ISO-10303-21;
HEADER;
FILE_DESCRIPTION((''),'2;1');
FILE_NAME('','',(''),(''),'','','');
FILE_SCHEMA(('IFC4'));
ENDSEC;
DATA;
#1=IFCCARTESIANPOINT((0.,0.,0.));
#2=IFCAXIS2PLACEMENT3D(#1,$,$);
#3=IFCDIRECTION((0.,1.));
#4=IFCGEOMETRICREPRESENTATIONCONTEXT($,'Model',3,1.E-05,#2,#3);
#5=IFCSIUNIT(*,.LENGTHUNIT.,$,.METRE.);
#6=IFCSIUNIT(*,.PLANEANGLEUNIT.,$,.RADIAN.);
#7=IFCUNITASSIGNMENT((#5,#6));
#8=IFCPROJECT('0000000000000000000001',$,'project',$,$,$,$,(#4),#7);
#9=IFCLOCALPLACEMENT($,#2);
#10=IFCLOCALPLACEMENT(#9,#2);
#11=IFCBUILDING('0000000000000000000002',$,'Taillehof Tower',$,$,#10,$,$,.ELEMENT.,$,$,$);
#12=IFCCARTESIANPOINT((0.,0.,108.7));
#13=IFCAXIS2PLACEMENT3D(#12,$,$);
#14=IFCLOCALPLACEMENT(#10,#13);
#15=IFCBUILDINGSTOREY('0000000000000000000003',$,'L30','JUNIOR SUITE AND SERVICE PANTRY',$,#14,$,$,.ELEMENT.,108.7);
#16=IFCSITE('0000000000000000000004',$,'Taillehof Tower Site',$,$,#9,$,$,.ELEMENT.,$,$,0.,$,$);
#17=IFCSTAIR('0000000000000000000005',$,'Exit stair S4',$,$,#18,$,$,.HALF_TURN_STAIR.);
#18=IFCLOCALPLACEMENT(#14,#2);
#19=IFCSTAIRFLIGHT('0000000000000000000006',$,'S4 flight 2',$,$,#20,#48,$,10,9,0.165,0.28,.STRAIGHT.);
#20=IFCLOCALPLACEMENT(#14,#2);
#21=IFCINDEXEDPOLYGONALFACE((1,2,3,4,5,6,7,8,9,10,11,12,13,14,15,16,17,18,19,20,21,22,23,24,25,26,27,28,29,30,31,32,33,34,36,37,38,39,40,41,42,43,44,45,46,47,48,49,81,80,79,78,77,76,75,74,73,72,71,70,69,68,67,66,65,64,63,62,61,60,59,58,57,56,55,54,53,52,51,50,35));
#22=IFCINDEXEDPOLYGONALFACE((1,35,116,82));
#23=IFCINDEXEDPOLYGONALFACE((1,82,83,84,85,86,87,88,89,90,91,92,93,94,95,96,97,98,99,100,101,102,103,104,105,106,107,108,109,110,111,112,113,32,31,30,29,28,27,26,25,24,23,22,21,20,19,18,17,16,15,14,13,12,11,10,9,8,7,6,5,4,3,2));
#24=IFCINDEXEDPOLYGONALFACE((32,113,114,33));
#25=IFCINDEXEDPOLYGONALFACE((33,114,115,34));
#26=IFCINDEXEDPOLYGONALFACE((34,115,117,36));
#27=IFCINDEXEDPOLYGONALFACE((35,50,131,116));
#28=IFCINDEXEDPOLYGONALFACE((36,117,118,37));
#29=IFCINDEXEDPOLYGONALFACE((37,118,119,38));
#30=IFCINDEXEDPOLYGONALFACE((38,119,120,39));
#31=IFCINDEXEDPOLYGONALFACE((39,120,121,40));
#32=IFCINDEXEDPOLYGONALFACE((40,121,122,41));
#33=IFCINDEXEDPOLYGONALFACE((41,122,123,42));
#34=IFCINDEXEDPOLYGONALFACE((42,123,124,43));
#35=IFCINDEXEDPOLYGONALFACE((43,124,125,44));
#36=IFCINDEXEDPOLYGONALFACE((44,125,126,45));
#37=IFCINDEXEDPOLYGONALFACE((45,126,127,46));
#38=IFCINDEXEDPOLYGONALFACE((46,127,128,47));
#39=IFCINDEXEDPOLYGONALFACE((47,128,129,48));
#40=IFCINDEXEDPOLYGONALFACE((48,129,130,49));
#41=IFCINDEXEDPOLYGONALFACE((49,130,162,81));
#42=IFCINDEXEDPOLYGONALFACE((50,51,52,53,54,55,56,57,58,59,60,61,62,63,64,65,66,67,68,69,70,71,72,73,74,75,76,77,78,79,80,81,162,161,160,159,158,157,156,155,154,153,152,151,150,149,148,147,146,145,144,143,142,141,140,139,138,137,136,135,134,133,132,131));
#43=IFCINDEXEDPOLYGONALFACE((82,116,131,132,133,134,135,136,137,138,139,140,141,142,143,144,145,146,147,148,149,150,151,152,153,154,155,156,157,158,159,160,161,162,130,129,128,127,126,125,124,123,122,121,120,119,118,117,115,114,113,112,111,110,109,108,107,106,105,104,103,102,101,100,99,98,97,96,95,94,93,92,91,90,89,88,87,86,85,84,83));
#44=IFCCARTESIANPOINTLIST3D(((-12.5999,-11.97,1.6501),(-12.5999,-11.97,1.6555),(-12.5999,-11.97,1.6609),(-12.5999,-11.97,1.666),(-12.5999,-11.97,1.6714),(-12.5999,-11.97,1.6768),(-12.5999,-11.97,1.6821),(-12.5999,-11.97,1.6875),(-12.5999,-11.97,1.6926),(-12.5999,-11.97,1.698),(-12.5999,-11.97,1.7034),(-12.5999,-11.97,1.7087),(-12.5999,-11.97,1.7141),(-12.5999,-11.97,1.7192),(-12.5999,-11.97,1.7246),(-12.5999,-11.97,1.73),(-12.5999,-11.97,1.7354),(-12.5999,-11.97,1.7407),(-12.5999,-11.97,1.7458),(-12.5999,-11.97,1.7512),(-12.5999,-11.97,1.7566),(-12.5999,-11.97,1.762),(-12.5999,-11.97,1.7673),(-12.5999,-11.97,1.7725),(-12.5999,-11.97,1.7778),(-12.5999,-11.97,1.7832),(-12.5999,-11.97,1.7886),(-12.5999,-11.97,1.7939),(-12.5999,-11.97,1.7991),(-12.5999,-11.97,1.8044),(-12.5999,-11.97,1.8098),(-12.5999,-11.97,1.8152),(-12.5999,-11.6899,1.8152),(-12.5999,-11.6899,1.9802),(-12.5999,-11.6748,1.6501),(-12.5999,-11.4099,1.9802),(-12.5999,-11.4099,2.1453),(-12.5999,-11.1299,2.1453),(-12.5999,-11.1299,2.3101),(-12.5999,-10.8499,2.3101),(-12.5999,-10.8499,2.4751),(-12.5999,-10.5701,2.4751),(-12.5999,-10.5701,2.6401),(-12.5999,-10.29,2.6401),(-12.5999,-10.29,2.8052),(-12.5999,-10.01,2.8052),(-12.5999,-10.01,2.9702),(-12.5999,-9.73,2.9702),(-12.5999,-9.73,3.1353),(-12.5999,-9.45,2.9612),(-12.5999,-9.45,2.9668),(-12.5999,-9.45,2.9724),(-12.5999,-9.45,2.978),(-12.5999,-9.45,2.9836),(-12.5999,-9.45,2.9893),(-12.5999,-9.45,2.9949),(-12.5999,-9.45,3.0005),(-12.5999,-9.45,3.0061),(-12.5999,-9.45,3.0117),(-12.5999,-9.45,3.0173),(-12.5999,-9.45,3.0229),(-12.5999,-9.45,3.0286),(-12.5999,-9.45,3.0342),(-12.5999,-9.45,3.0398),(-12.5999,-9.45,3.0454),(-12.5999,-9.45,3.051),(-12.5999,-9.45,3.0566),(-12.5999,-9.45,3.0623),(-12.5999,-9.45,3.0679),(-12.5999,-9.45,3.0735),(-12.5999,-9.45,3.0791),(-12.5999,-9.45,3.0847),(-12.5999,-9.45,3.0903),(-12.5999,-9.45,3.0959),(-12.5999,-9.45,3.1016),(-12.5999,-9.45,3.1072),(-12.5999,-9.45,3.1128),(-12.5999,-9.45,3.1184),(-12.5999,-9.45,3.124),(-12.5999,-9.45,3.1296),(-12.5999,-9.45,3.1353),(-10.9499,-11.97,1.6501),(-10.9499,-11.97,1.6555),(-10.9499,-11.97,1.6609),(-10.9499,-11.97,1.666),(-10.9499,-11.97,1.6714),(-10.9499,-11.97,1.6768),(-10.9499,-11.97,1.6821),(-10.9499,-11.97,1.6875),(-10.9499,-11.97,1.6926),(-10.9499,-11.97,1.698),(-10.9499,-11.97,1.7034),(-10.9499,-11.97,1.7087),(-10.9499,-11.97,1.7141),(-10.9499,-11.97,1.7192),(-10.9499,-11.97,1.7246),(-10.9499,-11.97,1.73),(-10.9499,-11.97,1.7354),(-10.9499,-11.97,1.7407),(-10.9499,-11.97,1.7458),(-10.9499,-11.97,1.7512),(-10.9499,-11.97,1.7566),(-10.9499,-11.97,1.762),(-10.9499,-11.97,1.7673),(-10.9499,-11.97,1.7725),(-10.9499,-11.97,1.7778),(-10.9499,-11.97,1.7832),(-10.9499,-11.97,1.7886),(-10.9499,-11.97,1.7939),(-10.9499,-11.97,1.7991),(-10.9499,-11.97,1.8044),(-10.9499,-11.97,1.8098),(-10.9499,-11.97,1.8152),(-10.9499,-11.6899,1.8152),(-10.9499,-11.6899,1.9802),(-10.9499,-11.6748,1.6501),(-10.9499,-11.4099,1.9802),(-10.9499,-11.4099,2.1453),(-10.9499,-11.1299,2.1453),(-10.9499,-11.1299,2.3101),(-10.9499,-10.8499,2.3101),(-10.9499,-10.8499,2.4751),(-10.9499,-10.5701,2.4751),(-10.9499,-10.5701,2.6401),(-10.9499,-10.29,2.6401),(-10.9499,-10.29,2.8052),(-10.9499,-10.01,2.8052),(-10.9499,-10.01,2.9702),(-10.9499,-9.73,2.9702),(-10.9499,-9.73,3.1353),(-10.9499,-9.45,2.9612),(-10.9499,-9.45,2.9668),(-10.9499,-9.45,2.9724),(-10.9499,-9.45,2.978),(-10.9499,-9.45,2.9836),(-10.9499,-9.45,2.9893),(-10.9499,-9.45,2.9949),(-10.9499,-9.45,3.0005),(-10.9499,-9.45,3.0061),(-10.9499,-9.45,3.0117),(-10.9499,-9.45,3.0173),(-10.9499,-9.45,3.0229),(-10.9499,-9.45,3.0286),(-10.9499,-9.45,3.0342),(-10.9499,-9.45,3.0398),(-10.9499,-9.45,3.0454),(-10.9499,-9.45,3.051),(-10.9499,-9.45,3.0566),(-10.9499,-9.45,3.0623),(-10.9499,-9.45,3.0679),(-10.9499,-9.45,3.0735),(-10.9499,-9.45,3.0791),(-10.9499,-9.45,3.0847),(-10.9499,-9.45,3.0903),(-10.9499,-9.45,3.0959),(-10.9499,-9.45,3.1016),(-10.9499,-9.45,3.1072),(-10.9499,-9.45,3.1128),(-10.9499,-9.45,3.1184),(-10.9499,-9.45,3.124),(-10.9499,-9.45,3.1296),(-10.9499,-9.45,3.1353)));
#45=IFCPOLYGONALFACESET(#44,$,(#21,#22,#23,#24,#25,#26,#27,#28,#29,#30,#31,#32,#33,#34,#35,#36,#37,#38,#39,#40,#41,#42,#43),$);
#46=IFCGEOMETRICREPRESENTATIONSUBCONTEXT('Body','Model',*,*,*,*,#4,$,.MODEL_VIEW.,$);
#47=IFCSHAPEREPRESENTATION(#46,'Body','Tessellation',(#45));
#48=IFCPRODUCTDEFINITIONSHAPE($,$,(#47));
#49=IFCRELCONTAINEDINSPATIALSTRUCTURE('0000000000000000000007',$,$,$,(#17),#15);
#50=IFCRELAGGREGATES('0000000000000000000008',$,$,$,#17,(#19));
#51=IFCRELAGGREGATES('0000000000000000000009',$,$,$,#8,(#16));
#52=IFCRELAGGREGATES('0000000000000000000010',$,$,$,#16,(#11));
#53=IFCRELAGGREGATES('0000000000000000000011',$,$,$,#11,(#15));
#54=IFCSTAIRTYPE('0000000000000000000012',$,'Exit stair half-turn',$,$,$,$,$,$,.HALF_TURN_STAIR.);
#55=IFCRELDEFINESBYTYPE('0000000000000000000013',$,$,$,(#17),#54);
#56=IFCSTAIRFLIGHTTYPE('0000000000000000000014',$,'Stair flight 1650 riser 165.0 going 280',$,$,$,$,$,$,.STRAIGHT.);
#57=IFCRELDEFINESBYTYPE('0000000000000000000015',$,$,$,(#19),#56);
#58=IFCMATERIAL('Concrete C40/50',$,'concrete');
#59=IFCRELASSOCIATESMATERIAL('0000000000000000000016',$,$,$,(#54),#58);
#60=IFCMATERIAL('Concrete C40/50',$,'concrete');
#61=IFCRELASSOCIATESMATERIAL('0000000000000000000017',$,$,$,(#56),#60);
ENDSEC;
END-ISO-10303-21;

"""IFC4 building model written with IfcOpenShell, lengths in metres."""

from ifc_helpers import new_model, si_unit, direction, frame, origin, place, context, subcontext, project, spatial, polyline, outline, extrude, material, type_object, element, aggregate, save


model = new_model("IFC4")

# Units and contexts
model_context = context("Model", 3, precision=1e-05, world=origin(), true_north=direction((0.0, 1.0)))
body_context = subcontext(model_context, "Body", "Model", "MODEL_VIEW")
ifc_project = project(units=[si_unit("LENGTHUNIT", "METRE"), si_unit("PLANEANGLEUNIT", "RADIAN")], contexts=[model_context])

# Site, building, storey
site_placement = place(None, origin())
site = spatial("IfcSite", under=ifc_project, at=site_placement, Name="Taillehof Tower Site", CompositionType="ELEMENT", RefElevation=0.0)
building_placement = place(site_placement, origin())
building = spatial("IfcBuilding", under=site, at=building_placement, Name="Taillehof Tower", CompositionType="ELEMENT")
storey_placement = place(building_placement, frame((0.0, 0.0, 108.7)))
storey = spatial("IfcBuildingStorey", under=building, at=storey_placement, Name="L30", Description="JUNIOR SUITE AND SERVICE PANTRY", CompositionType="ELEMENT", Elevation=108.7)

# Stair, stair flight
ifc_material_1 = material(Name="Concrete C40/50", Category="concrete")
stair_type = type_object("IfcStairType", Name="Exit stair half-turn", PredefinedType="HALF_TURN_STAIR", material=ifc_material_1)
stair_placement = place(storey_placement, origin())
stair = element("IfcStair", 1, at=stair_placement, inside=storey, type_object=stair_type, Name="Exit stair S4", PredefinedType="HALF_TURN_STAIR")
ifc_material_2 = material(Name="Concrete C40/50", Category="concrete")
stair_flight_type = type_object("IfcStairFlightType", Name="Stair flight 1650 riser 165.0 going 280", PredefinedType="STRAIGHT", material=ifc_material_2)
stair_flight_placement = place(storey_placement, frame((-11.7749, -11.97, 1.6501), z_axis=(0.0, 0.0, 1.0), x_axis=(0.0, 1.0, 0.0)))
stair_flight = element("IfcStairFlight", 2, at=stair_flight_placement, type_object=stair_flight_type, Name="S4 flight 2", NumberOfRisers=10, NumberOfTreads=9, PredefinedType="STRAIGHT", RiserHeight=0.165, TreadLength=0.28, context=body_context, shape_type="SweptSolid", body=[
    extrude(outline(polyline([(0.0, 0.0), (0.0, 0.0054), (0.0, 0.0107), (0.0, 0.0159), (0.0, 0.0212), (0.0, 0.0266), (0.0, 0.032), (0.0, 0.0374), (0.0, 0.0425), (0.0, 0.0479), (0.0, 0.0532), (0.0, 0.0586), (0.0, 0.064), (0.0, 0.0691), (0.0, 0.0745), (0.0, 0.0798), (0.0, 0.0852), (0.0, 0.0906), (0.0, 0.0957), (0.0, 0.1011), (0.0, 0.1064), (0.0, 0.1118), (0.0, 0.1172), (0.0, 0.1223), (0.0, 0.1277), (0.0, 0.1331), (0.0, 0.1384), (0.0, 0.1438), (0.0, 0.1489), (0.0, 0.1543), (0.0, 0.1597), (0.0, 0.165), (0.28, 0.165), (0.28, 0.3301), (0.5601, 0.3301), (0.5601, 0.4951), (0.8401, 0.4951), (0.8401, 0.6599), (1.1201, 0.6599), (1.1201, 0.825), (1.3999, 0.825), (1.3999, 0.99), (1.6799, 0.99), (1.6799, 1.155), (1.96, 1.155), (1.96, 1.3201), (2.24, 1.3201), (2.24, 1.4851), (2.52, 1.4851), (2.52, 1.4795), (2.52, 1.4739), (2.52, 1.4683), (2.52, 1.4626), (2.52, 1.457), (2.52, 1.4514), (2.52, 1.4458), (2.52, 1.4402), (2.52, 1.4346), (2.52, 1.429), (2.52, 1.4233), (2.52, 1.4177), (2.52, 1.4121), (2.52, 1.4065), (2.52, 1.4009), (2.52, 1.3953), (2.52, 1.3896), (2.52, 1.384), (2.52, 1.3784), (2.52, 1.3728), (2.52, 1.3672), (2.52, 1.3616), (2.52, 1.356), (2.52, 1.3503), (2.52, 1.3447), (2.52, 1.3391), (2.52, 1.3335), (2.52, 1.3279), (2.52, 1.3223), (2.52, 1.3167), (2.52, 1.311), (0.2952, 0.0), (0.0, 0.0)])), frame((0.0, 0.825, 0.0), z_axis=(0.0, -1.0, 0.0), x_axis=(1.0, 0.0, 0.0)), (0.0, 0.0, 1.0), 1.65),
])
aggregate(stair, [stair_flight])

save(model, "model.ifc")
